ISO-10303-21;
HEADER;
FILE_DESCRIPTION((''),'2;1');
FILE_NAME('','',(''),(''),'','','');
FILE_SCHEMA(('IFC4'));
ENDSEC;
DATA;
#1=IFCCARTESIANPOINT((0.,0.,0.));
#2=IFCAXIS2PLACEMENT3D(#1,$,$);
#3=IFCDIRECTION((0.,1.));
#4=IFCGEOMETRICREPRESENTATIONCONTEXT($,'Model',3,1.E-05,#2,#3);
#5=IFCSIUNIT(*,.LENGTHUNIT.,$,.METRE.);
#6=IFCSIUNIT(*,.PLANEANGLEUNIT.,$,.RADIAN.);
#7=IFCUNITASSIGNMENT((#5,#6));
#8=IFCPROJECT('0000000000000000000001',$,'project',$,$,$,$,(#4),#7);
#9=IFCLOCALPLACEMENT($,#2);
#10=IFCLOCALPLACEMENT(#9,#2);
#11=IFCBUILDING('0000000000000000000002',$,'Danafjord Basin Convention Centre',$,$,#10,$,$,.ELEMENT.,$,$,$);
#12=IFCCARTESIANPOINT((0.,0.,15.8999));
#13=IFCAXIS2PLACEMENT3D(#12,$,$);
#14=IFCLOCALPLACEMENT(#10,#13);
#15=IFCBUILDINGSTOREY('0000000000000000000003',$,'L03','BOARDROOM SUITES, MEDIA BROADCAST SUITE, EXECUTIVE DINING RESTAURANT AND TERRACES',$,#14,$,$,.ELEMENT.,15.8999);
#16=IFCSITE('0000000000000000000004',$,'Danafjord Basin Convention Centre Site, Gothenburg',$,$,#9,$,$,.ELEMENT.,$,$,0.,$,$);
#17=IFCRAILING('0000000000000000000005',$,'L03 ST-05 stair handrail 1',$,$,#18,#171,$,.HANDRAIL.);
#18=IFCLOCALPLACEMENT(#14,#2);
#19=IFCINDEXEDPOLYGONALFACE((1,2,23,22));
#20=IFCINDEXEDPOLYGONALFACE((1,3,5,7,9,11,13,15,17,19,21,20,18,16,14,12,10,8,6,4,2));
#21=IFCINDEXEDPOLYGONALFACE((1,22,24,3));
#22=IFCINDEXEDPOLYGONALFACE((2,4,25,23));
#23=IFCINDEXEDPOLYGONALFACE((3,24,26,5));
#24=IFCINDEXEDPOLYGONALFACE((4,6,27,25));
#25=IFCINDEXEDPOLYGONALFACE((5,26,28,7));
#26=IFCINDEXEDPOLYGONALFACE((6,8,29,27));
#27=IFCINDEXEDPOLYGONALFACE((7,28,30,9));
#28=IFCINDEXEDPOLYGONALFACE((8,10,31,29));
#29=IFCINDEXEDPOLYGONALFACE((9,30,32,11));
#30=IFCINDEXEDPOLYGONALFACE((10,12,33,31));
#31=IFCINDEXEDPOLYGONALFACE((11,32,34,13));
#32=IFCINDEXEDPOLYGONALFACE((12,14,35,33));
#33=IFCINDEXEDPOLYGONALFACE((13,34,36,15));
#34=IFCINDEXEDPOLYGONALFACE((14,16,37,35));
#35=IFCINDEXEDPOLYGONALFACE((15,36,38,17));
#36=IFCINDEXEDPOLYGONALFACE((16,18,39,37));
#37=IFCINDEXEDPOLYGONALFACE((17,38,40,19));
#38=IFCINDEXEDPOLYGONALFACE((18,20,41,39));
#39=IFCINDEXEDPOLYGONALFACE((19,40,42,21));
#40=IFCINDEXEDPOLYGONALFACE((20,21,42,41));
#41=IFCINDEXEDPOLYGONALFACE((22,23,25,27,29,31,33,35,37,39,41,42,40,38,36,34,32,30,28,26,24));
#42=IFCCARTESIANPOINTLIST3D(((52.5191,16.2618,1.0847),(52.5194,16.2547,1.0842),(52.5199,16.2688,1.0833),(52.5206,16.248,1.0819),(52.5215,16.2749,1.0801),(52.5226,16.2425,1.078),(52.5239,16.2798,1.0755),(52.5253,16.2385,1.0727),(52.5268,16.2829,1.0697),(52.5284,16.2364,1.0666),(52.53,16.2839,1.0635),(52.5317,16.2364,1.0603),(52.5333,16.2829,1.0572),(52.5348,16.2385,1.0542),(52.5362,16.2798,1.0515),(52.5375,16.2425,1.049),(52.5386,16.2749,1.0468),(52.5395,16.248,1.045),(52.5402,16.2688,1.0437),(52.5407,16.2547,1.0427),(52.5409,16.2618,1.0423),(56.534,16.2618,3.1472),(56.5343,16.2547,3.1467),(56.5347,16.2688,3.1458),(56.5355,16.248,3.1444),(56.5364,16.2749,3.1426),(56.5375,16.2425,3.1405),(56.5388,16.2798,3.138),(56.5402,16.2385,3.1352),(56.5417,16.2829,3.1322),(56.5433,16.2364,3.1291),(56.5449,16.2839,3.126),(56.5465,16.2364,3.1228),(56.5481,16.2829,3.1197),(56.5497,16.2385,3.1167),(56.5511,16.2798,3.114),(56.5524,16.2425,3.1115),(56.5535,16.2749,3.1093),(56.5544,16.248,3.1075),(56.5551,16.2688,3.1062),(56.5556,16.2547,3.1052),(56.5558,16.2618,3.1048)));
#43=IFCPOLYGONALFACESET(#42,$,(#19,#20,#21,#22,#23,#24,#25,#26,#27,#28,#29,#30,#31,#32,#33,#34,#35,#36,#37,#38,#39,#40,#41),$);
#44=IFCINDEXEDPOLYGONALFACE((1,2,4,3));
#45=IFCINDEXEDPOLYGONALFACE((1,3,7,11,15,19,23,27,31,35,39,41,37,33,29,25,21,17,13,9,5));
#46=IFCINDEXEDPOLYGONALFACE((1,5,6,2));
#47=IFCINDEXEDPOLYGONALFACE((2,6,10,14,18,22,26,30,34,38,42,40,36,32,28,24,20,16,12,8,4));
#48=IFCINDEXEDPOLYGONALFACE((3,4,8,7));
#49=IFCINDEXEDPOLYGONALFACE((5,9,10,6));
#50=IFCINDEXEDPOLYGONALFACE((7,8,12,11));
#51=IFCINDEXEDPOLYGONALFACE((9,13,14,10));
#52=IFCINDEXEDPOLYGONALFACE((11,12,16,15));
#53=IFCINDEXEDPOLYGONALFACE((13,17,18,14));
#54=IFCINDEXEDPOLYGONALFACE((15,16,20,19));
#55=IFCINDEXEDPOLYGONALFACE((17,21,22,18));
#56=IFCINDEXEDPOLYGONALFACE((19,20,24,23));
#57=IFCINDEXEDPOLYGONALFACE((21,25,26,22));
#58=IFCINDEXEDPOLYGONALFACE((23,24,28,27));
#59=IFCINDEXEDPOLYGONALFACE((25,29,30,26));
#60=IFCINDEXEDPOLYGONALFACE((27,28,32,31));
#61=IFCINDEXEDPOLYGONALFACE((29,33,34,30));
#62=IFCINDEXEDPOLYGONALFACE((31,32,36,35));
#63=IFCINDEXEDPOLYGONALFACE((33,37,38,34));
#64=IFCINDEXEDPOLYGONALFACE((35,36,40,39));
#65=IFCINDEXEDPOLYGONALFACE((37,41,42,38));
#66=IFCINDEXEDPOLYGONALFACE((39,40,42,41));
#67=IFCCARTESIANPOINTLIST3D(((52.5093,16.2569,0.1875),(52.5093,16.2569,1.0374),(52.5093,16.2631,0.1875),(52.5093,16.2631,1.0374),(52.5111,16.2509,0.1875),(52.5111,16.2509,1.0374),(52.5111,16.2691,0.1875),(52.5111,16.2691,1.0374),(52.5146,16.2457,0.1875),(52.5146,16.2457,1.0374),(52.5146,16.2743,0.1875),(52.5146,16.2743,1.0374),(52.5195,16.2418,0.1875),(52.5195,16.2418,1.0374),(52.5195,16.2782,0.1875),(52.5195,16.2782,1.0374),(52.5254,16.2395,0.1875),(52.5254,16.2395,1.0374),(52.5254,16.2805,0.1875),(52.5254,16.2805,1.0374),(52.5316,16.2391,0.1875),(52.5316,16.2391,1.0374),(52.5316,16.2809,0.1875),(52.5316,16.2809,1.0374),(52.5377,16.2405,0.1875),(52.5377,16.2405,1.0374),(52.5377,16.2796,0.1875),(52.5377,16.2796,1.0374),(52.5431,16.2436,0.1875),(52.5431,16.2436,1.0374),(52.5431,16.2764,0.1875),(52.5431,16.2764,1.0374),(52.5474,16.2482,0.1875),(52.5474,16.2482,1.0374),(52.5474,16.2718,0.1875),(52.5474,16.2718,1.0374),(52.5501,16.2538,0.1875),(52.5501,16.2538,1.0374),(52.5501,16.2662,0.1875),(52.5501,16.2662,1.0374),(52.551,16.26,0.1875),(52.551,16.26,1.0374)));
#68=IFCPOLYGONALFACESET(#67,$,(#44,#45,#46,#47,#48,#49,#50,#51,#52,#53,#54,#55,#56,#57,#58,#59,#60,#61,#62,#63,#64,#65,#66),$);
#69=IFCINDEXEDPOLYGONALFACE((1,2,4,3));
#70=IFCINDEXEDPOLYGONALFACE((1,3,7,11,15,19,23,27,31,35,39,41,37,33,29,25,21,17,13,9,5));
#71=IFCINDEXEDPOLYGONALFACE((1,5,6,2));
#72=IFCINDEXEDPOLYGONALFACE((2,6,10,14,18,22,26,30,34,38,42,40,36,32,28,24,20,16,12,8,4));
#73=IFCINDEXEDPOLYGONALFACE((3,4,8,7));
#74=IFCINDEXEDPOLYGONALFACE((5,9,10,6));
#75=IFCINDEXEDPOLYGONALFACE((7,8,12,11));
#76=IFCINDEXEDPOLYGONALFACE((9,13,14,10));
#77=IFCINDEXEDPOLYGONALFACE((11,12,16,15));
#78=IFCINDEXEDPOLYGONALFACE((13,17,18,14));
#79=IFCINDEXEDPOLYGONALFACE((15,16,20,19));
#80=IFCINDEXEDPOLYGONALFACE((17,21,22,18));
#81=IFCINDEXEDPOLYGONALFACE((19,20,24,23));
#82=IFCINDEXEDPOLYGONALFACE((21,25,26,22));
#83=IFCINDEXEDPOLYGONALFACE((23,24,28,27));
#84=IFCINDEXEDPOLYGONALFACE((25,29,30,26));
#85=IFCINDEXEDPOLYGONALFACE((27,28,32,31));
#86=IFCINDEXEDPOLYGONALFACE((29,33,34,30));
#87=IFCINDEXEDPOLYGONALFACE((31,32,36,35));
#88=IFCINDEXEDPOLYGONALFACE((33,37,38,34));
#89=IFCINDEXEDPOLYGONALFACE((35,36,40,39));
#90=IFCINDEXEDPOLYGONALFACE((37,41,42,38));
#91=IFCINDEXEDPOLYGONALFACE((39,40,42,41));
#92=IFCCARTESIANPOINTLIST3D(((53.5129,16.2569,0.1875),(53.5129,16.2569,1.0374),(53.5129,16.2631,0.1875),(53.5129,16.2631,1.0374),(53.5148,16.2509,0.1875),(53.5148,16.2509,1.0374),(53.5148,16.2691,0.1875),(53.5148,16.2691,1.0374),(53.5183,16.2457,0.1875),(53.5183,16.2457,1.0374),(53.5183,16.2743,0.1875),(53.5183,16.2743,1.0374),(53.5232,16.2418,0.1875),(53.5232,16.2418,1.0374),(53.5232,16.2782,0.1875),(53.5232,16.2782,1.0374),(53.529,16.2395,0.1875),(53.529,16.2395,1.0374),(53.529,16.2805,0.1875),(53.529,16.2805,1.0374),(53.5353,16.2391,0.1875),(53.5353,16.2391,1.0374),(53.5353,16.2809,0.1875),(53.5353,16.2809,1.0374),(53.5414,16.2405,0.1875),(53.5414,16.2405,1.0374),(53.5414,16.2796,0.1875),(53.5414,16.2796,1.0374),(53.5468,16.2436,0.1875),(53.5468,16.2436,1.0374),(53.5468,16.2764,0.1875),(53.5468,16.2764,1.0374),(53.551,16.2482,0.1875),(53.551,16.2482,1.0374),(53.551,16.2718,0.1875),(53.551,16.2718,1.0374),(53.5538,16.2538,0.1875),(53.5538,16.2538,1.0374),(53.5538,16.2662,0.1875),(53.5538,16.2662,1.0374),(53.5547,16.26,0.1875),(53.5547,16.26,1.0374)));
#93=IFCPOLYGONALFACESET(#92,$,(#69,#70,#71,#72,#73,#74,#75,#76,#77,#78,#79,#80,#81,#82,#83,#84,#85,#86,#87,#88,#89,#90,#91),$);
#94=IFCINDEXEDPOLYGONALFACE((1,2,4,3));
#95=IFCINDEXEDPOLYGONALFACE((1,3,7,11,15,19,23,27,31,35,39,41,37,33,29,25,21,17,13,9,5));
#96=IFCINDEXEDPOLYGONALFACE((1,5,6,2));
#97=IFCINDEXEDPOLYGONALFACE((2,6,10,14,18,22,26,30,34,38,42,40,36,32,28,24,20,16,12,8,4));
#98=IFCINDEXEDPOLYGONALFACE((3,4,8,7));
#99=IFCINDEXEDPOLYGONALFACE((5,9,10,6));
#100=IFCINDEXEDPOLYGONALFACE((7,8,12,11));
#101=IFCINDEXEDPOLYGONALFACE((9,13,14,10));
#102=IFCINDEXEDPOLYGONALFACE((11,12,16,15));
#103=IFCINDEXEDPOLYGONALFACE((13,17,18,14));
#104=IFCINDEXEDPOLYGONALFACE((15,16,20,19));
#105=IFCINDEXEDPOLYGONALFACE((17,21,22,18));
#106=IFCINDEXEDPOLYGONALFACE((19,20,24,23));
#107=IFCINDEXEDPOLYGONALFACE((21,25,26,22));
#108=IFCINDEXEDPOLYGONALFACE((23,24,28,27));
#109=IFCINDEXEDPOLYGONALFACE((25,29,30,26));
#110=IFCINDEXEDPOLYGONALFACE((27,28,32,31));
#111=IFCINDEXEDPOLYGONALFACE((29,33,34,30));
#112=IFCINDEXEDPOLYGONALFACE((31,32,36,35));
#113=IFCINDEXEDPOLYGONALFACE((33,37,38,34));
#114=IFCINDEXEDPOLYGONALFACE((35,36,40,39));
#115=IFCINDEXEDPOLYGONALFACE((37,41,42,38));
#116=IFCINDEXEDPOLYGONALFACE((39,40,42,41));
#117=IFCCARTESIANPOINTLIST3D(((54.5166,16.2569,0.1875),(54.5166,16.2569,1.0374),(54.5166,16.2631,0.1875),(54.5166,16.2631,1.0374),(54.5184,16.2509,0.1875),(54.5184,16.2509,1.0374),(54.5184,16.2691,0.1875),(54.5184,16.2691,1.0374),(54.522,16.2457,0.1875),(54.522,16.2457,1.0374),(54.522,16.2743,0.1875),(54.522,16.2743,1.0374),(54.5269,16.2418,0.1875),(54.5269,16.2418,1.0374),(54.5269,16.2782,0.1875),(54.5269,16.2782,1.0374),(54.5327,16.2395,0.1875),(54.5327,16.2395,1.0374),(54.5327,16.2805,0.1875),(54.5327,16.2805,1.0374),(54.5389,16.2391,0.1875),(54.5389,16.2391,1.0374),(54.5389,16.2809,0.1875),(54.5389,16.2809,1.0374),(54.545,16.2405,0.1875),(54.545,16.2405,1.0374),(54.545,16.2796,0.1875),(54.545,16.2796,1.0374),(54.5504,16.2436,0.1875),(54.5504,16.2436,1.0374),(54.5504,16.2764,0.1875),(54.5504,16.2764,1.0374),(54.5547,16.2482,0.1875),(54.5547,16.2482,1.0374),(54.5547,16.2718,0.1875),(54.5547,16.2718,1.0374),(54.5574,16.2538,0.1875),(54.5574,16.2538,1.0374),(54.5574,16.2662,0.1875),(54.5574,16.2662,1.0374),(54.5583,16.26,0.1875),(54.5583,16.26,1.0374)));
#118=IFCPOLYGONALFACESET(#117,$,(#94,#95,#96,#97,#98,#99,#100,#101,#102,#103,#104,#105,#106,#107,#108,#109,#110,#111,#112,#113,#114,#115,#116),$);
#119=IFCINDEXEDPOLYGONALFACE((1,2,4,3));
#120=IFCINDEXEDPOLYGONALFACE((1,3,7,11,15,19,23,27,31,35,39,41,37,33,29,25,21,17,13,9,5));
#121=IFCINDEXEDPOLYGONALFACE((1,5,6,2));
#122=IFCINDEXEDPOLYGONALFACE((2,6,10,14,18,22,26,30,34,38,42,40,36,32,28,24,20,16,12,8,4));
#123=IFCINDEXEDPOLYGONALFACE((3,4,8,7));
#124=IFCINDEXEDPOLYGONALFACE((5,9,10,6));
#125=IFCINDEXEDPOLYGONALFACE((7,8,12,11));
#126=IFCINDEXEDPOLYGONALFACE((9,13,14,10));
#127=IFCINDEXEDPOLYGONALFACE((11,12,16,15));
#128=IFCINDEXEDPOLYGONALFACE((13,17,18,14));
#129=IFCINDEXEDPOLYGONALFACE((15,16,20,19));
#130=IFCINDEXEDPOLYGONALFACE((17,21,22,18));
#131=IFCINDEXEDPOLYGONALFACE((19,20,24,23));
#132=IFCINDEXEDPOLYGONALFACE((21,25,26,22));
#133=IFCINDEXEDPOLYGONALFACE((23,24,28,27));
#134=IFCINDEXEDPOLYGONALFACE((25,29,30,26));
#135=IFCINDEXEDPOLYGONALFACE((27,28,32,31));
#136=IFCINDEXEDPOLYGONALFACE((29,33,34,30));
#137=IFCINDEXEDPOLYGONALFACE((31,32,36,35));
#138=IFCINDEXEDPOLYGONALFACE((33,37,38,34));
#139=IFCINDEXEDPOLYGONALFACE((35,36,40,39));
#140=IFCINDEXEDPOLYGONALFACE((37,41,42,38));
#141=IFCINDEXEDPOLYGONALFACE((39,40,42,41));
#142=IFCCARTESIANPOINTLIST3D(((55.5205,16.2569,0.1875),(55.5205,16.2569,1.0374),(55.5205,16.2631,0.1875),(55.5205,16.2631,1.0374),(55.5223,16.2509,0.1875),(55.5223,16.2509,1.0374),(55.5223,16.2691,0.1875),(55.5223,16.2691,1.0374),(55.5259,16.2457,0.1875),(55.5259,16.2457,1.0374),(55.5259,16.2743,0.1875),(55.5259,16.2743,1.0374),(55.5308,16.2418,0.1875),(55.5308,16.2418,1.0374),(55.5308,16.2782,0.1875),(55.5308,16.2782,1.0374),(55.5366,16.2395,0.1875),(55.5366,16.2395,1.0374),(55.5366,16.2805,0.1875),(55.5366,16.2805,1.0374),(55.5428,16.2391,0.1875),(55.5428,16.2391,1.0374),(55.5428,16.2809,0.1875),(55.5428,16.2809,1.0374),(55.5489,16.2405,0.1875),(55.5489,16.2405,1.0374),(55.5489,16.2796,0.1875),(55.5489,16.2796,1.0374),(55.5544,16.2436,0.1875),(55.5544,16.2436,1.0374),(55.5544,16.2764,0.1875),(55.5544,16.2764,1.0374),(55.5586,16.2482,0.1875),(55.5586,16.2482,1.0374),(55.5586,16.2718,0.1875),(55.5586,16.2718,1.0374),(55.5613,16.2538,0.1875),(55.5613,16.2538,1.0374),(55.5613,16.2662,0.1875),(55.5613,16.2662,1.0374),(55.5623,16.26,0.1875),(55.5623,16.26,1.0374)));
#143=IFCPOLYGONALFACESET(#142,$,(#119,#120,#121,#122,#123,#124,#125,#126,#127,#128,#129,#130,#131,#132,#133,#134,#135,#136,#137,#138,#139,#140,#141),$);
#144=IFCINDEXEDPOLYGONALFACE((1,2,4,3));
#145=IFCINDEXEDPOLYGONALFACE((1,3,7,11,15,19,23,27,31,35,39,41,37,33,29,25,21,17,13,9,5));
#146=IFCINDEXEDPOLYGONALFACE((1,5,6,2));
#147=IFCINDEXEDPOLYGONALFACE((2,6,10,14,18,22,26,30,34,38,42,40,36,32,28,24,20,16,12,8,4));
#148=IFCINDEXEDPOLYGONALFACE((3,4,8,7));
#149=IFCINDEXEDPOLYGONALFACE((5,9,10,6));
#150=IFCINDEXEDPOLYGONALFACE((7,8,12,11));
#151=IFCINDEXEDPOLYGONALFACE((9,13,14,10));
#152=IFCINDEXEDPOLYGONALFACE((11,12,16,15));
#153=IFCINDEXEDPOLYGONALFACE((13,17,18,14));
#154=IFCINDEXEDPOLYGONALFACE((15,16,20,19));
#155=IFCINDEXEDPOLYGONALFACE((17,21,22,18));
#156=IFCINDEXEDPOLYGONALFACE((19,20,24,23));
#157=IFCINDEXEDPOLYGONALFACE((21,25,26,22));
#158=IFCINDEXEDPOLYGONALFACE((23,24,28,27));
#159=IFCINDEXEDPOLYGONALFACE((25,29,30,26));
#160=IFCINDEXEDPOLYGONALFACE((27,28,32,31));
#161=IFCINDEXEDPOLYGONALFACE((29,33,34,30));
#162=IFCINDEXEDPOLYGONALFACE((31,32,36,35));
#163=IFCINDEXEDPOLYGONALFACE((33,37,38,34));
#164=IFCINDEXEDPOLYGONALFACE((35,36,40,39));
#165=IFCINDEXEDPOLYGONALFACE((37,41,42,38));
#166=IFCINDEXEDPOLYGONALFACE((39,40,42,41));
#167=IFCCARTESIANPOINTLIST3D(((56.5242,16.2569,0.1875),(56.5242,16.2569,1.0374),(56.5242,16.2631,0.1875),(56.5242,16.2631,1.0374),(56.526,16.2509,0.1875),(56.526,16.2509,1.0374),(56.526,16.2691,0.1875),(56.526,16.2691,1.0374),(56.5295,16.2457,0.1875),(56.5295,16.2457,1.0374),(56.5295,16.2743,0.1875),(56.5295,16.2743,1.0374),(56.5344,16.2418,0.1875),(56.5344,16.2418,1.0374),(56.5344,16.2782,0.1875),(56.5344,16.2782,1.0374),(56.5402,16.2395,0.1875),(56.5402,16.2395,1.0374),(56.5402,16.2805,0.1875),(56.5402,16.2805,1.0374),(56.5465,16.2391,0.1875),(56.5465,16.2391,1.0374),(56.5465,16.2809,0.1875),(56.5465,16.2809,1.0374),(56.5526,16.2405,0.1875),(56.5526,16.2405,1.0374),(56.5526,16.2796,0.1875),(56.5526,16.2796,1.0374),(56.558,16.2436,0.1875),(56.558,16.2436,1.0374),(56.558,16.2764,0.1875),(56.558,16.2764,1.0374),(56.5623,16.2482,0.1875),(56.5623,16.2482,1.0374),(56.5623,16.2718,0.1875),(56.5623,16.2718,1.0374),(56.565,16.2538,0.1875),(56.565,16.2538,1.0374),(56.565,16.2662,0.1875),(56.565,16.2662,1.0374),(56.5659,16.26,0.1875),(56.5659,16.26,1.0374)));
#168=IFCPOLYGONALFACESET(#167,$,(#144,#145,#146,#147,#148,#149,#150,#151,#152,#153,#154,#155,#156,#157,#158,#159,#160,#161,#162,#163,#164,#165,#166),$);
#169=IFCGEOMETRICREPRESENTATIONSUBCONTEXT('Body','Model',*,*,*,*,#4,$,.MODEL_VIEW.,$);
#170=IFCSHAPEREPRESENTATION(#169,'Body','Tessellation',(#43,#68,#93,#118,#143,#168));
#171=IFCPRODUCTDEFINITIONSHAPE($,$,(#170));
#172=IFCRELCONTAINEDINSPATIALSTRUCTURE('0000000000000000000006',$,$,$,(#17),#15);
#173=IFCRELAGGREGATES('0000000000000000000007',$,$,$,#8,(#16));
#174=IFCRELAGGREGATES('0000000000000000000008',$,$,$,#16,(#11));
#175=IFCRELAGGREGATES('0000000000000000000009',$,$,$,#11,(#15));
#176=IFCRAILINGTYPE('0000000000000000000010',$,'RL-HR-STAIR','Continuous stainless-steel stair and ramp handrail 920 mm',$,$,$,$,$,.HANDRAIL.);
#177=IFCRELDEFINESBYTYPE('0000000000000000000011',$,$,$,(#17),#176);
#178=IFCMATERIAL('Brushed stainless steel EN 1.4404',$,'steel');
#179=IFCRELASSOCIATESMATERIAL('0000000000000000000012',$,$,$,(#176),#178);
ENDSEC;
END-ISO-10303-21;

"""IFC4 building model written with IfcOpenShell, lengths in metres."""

from ifc_helpers import new_model, si_unit, direction, frame, origin, origin_2d, place, context, subcontext, project, spatial, circle, extrude, material, type_object, element, save


model = new_model("IFC4")

# Units and contexts
model_context = context("Model", 3, precision=1e-05, world=origin(), true_north=direction((0.0, 1.0)))
body_context = subcontext(model_context, "Body", "Model", "MODEL_VIEW")
ifc_project = project(units=[si_unit("LENGTHUNIT", "METRE"), si_unit("PLANEANGLEUNIT", "RADIAN")], contexts=[model_context])

# Site, building, storey
site_placement = place(None, origin())
site = spatial("IfcSite", under=ifc_project, at=site_placement, Name="Danafjord Basin Convention Centre Site, Gothenburg", CompositionType="ELEMENT", RefElevation=0.0)
building_placement = place(site_placement, origin())
building = spatial("IfcBuilding", under=site, at=building_placement, Name="Danafjord Basin Convention Centre", CompositionType="ELEMENT")
storey_placement = place(building_placement, frame((0.0, 0.0, 15.8999)))
storey = spatial("IfcBuildingStorey", under=building, at=storey_placement, Name="L03", Description="BOARDROOM SUITES, MEDIA BROADCAST SUITE, EXECUTIVE DINING RESTAURANT AND TERRACES", CompositionType="ELEMENT", Elevation=15.8999)

# Railing
ifc_material_1 = material(Name="Brushed stainless steel EN 1.4404", Category="steel")
railing_type_1 = type_object("IfcRailingType", Name="RL-HR-STAIR", Description="Continuous stainless-steel stair and ramp handrail 920 mm", PredefinedType="HANDRAIL", material=ifc_material_1)
railing_1_placement = place(storey_placement, frame((52.53, 16.26, 0.1875)))
element("IfcRailing", 1, at=railing_1_placement, inside=storey, type_object=railing_type_1, Name="L03 ST-05 stair handrail 1", PredefinedType="HANDRAIL", context=body_context, shape_type="SweptSolid", body=[
    extrude(circle(Radius=0.0239, at=origin_2d()), frame((0.0, 0.0, 0.876), z_axis=(0.889495, 0.0, 0.456945), x_axis=(0.0, 1.0, 0.0)), (0.0, 0.0, 1.0), 4.5137),
    extrude(circle(Radius=0.021, at=origin_2d()), origin(), (0.0, 0.0, 1.0), 0.8499),
    extrude(circle(Radius=0.021, at=origin_2d()), frame((1.0037, 0.0, 0.0)), (0.0, 0.0, 1.0), 0.8499),
    extrude(circle(Radius=0.021, at=origin_2d()), frame((2.0073, 0.0, 0.0)), (0.0, 0.0, 1.0), 0.8499),
    extrude(circle(Radius=0.021, at=origin_2d()), frame((3.0112, 0.0, 0.0)), (0.0, 0.0, 1.0), 0.8499),
    extrude(circle(Radius=0.021, at=origin_2d()), frame((4.0149, 0.0, 0.0)), (0.0, 0.0, 1.0), 0.8499),
])

save(model, "model.ifc")
